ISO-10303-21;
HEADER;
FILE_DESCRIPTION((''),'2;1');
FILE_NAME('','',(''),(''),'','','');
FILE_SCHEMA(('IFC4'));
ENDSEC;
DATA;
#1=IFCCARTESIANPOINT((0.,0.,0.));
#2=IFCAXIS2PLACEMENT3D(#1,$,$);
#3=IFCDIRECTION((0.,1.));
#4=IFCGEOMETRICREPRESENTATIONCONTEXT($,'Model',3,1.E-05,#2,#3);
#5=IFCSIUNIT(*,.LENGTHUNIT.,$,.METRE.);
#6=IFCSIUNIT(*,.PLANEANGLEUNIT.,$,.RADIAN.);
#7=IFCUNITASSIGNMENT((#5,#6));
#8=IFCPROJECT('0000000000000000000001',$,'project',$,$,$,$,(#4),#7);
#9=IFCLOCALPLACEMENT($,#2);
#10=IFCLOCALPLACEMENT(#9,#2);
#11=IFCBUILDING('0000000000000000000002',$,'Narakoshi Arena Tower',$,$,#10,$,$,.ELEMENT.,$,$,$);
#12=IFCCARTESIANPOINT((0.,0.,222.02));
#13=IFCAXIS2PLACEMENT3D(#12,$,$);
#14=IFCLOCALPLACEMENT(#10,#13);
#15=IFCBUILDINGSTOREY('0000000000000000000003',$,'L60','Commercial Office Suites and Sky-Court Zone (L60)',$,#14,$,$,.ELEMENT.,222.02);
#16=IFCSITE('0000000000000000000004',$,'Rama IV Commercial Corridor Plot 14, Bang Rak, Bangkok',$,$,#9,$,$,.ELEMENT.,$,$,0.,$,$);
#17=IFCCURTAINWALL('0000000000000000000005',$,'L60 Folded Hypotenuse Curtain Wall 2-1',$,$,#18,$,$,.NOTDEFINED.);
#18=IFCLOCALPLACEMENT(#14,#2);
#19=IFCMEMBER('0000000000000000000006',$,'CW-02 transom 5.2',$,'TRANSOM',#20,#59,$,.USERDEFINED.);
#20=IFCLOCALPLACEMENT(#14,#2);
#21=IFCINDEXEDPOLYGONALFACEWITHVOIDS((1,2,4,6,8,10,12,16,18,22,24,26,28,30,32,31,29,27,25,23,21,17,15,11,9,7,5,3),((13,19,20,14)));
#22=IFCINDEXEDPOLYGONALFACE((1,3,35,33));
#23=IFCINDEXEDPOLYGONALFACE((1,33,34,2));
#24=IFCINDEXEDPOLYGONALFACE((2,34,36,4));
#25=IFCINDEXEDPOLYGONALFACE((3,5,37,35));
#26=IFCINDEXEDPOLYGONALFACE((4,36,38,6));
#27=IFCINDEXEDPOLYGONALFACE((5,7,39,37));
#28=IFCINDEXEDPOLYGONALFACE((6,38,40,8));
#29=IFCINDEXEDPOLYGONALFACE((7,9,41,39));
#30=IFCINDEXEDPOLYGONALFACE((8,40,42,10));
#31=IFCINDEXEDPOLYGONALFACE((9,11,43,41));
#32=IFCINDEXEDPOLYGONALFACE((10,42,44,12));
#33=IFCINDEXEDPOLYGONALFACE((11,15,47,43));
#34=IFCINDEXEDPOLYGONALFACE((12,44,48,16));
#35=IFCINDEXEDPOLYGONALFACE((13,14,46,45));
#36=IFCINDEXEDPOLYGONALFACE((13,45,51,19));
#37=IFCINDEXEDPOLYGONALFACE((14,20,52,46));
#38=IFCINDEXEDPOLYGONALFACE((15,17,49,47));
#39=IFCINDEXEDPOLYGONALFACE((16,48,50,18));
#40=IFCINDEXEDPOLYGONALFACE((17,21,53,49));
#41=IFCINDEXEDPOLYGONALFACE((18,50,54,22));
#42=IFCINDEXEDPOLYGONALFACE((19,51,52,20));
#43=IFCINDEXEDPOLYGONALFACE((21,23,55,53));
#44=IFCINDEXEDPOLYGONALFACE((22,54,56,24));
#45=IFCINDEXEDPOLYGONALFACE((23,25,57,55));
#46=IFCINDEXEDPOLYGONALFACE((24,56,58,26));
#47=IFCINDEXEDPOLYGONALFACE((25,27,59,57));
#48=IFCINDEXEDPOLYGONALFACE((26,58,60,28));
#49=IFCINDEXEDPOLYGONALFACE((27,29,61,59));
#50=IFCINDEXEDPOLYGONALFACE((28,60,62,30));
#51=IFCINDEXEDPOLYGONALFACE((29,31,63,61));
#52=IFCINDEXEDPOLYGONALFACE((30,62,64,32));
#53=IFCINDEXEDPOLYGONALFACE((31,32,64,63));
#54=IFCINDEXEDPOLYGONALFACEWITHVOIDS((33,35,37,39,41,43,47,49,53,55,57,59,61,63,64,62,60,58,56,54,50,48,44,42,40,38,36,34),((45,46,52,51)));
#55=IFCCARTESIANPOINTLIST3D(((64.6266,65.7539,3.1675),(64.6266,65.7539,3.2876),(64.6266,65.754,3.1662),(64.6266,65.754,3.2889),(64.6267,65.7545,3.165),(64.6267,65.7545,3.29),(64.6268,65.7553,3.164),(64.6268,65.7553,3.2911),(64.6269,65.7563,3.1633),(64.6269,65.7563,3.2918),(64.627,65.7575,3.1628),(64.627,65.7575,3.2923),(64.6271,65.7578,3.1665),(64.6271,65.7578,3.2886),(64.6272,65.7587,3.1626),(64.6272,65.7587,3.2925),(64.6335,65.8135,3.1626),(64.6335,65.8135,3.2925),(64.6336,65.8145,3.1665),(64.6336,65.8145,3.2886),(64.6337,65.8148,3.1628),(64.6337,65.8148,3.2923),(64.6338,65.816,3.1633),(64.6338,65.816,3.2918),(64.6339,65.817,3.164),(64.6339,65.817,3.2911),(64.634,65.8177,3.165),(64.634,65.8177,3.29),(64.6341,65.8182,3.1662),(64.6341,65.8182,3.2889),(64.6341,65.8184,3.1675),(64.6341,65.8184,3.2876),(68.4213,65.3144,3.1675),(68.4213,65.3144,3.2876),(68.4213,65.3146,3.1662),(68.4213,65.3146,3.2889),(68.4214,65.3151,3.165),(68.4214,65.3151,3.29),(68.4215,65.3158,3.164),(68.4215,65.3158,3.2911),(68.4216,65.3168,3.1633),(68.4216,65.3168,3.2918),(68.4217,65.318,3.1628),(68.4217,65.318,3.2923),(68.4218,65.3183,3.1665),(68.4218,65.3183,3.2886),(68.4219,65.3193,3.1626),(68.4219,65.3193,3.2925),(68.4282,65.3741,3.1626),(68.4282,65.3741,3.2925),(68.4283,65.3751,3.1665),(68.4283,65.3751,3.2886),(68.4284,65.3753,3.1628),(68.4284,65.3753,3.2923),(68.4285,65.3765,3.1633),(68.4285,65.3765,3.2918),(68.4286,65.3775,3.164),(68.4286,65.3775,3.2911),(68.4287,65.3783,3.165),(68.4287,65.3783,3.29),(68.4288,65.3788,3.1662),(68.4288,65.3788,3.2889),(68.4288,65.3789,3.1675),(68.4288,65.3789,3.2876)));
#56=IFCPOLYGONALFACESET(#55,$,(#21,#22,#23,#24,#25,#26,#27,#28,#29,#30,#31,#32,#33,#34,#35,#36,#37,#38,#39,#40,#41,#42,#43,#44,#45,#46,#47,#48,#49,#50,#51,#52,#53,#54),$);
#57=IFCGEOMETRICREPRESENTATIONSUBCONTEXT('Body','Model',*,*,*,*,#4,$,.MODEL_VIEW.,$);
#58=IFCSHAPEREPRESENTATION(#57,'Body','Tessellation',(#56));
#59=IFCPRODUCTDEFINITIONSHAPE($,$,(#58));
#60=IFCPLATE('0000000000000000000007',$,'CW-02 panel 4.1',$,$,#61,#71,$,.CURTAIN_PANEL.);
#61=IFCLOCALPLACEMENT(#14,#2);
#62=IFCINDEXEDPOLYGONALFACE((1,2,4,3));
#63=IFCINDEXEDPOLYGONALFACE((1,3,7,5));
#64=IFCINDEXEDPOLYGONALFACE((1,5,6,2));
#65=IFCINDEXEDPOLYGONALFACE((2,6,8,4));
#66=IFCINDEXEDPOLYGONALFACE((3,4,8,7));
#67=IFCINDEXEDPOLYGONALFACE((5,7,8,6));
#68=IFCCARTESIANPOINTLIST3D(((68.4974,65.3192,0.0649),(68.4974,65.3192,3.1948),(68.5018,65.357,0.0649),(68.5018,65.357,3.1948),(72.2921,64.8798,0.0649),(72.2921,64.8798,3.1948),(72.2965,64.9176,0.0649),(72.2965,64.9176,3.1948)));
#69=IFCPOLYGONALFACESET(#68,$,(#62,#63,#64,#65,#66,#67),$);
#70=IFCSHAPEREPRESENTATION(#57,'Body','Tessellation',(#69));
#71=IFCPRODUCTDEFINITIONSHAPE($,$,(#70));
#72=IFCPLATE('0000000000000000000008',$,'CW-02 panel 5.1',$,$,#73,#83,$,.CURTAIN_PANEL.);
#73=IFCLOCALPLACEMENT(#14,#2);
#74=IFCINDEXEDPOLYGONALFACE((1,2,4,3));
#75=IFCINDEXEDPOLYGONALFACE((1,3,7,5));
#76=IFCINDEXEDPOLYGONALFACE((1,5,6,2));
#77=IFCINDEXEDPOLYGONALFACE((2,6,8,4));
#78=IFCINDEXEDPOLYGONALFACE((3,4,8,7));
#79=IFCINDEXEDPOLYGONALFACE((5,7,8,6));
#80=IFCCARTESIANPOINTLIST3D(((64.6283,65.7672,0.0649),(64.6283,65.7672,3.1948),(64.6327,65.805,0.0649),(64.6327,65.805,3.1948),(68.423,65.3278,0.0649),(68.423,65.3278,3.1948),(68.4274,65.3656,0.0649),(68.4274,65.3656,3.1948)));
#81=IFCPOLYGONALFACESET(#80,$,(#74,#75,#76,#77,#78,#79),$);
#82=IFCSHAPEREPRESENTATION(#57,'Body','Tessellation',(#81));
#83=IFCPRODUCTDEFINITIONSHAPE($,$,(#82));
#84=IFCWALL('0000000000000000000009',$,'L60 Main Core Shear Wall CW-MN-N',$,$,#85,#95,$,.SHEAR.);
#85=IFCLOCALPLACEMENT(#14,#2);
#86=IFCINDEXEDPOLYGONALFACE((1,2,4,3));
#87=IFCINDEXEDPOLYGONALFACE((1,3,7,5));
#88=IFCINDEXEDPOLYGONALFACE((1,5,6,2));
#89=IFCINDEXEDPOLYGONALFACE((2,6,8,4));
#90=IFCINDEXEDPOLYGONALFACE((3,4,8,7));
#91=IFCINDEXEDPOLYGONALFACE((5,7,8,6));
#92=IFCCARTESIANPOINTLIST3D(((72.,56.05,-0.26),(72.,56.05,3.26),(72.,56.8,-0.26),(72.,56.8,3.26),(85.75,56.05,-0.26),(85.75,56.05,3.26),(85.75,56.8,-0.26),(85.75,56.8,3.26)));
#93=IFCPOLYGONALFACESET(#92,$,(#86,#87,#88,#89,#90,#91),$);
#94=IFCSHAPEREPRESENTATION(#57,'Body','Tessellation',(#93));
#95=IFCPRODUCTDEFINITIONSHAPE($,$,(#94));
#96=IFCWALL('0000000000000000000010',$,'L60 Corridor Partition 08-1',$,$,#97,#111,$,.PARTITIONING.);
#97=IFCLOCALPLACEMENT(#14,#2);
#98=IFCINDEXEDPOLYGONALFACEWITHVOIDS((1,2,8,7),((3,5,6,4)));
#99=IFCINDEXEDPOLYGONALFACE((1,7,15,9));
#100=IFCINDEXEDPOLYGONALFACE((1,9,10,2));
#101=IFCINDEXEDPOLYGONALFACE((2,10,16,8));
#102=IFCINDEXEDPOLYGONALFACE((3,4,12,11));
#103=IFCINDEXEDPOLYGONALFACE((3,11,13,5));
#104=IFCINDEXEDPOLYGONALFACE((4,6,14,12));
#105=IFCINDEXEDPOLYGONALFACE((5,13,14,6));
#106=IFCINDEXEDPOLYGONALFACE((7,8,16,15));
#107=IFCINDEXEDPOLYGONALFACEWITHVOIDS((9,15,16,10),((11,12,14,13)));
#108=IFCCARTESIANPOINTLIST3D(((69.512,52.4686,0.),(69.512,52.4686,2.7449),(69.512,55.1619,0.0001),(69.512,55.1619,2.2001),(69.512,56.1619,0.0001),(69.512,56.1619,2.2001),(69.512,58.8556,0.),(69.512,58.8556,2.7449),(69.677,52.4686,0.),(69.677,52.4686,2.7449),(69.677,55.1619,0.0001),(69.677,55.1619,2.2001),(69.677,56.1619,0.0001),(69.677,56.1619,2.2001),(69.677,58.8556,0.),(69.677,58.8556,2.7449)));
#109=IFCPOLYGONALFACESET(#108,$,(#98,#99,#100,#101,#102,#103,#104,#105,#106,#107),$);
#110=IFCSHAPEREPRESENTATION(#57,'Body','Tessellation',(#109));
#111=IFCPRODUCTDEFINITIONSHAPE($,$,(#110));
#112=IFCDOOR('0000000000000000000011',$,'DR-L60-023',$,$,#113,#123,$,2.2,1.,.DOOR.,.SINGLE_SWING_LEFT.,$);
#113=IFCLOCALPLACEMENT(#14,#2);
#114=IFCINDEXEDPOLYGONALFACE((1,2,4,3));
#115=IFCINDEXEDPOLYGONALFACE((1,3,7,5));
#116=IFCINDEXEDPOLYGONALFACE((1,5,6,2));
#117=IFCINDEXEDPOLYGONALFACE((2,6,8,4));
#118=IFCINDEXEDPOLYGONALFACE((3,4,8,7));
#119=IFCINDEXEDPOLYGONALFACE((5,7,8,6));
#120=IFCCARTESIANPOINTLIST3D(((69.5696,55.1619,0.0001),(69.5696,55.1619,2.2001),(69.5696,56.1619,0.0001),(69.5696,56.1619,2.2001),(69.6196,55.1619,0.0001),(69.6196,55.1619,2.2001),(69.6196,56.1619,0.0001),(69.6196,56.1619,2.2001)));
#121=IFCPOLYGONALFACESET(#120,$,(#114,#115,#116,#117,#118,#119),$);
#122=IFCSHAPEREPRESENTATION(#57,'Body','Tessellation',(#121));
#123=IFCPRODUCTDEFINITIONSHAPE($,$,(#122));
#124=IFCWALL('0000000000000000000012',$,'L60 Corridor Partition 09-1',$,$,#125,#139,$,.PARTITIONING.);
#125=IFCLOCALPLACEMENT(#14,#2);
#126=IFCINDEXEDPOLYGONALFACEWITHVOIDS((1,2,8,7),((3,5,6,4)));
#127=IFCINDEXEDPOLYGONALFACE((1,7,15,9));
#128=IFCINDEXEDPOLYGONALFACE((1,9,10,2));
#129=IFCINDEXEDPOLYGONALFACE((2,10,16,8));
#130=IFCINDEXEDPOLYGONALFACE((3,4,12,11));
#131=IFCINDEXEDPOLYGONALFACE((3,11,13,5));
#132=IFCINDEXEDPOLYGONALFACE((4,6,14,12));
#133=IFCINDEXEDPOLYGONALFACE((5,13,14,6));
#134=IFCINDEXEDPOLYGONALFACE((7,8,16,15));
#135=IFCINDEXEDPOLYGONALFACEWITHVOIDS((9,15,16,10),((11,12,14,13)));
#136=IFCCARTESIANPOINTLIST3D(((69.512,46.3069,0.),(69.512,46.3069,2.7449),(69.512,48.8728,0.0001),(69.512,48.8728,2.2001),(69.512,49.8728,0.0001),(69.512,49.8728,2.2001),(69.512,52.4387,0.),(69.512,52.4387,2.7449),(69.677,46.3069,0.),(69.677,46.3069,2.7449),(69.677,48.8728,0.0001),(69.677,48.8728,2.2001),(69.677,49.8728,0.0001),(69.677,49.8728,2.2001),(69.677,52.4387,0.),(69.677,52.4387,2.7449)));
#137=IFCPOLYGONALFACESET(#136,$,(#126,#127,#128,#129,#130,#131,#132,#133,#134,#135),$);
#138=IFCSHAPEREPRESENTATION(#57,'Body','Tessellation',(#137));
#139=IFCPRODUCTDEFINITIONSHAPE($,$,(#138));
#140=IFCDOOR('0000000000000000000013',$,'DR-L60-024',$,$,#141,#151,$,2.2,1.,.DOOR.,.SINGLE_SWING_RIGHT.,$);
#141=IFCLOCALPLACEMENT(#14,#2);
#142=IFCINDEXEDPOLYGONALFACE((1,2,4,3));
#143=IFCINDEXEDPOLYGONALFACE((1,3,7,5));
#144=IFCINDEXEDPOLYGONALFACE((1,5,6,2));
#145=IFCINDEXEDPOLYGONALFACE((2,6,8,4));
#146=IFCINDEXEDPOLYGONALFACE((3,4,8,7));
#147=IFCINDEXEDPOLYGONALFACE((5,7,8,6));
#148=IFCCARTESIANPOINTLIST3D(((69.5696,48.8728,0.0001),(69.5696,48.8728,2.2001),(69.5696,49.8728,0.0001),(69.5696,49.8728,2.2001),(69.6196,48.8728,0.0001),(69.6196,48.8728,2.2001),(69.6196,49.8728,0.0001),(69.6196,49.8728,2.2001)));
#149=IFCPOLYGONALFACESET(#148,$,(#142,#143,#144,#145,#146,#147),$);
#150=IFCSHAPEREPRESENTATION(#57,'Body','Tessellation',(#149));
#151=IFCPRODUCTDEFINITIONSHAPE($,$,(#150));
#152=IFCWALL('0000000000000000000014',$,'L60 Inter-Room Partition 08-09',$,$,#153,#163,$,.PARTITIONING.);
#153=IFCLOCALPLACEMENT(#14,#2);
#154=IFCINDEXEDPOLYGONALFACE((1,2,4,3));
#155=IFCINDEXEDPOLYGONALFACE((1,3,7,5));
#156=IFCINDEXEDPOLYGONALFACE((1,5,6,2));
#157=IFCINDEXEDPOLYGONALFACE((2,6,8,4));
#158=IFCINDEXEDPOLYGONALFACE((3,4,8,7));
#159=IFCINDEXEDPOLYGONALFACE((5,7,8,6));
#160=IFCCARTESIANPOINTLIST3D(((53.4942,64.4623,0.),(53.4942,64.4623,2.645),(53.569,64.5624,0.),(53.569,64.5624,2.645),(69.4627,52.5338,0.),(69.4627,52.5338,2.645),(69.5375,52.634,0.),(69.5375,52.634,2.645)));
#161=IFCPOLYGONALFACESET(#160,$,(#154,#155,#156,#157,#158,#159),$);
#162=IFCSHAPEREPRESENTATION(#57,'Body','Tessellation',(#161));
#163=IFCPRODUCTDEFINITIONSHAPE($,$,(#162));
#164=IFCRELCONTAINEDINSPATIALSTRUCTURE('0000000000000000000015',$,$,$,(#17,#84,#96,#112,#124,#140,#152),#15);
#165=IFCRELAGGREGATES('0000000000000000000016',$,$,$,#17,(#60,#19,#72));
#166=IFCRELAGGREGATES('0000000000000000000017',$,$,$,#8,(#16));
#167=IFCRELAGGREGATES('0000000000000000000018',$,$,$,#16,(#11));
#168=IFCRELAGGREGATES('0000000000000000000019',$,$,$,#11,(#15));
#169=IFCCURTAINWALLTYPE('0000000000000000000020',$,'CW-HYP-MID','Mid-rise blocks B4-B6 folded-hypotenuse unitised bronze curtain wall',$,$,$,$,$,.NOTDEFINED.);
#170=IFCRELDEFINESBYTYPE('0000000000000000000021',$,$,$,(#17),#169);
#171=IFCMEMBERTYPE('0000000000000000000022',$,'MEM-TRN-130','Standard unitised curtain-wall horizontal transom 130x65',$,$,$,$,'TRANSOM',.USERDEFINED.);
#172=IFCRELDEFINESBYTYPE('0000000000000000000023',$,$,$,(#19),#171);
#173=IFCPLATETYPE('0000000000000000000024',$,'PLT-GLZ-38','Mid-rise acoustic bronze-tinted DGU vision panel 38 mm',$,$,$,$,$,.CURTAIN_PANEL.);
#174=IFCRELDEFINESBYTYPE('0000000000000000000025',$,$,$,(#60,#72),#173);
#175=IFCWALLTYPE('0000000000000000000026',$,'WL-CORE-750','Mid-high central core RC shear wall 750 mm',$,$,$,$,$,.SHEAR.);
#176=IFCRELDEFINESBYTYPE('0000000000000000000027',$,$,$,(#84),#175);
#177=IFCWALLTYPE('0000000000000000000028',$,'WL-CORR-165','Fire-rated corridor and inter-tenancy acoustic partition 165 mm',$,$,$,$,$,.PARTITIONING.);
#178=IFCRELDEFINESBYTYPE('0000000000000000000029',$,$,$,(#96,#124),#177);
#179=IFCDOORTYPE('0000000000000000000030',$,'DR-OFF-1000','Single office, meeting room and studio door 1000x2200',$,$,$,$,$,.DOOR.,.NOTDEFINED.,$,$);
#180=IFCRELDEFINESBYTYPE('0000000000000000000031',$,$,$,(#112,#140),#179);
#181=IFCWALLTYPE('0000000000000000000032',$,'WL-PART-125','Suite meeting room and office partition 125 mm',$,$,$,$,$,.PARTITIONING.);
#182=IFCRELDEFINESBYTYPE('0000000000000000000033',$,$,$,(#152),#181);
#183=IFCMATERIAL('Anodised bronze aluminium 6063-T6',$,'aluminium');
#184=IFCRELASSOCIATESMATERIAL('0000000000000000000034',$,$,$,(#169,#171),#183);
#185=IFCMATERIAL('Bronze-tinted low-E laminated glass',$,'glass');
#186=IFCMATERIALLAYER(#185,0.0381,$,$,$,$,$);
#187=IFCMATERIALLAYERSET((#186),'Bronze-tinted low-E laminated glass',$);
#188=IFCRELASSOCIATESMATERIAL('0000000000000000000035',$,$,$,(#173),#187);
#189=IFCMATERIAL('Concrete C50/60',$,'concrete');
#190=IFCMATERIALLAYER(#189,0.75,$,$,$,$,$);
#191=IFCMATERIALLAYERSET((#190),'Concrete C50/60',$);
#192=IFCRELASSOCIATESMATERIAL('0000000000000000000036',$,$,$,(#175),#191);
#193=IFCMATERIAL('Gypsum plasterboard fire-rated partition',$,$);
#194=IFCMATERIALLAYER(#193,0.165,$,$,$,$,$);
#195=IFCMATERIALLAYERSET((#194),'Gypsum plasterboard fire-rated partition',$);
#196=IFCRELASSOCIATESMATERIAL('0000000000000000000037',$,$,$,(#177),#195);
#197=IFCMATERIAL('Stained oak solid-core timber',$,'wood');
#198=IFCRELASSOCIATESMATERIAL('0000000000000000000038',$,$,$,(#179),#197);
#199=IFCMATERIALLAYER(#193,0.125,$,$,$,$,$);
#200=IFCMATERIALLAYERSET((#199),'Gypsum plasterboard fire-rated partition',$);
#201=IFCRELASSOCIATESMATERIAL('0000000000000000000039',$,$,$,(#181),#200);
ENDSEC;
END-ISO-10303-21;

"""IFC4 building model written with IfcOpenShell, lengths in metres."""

from ifc_helpers import new_model, si_unit, direction, frame, frame_2d, origin, origin_2d, place, context, subcontext, project, spatial, rectangle, hollow_rectangle, extrude, material, layer, layer_set, material_profile, profile_set, type_object, element, fill, aggregate, save


model = new_model("IFC4")

# Units and contexts
model_context = context("Model", 3, precision=1e-05, world=origin(), true_north=direction((0.0, 1.0)))
body_context = subcontext(model_context, "Body", "Model", "MODEL_VIEW")
ifc_project = project(units=[si_unit("LENGTHUNIT", "METRE"), si_unit("PLANEANGLEUNIT", "RADIAN")], contexts=[model_context])

# Site, building, storey
site_placement = place(None, origin())
site = spatial("IfcSite", under=ifc_project, at=site_placement, Name="Rama IV Commercial Corridor Plot 14, Bang Rak, Bangkok", CompositionType="ELEMENT", RefElevation=0.0)
building_placement = place(site_placement, origin())
building = spatial("IfcBuilding", under=site, at=building_placement, Name="Narakoshi Arena Tower", CompositionType="ELEMENT")
storey_placement = place(building_placement, frame((0.0, 0.0, 222.02)))
storey = spatial("IfcBuildingStorey", under=building, at=storey_placement, Name="L60", Description="Commercial Office Suites and Sky-Court Zone (L60)", CompositionType="ELEMENT", Elevation=222.02)

# Shared definitions
ifc_material_1 = material(Name="Concrete C50/60", Category="concrete")

# Curtain wall, member, plates
ifc_material_2 = material(Name="Anodised bronze aluminium 6063-T6", Category="aluminium")
curtain_wall_type = type_object("IfcCurtainWallType", Name="CW-HYP-MID", Description="Mid-rise blocks B4-B6 folded-hypotenuse unitised bronze curtain wall", PredefinedType="NOTDEFINED", material=ifc_material_2)
curtain_wall_placement = place(storey_placement, origin())
curtain_wall = element("IfcCurtainWall", 1, at=curtain_wall_placement, inside=storey, type_object=curtain_wall_type, Name="L60 Folded Hypotenuse Curtain Wall 2-1", PredefinedType="NOTDEFINED")
ifc_material_profile_1 = material_profile(ifc_material_2, hollow_rectangle(XDim=0.0649, YDim=0.1299, WallThickness=0.0039, OuterFilletRadius=0.0049, at=origin_2d()), Name="TRN130x65x4")
ifc_profile_set_1 = profile_set([ifc_material_profile_1], Name="Anodised bronze aluminium 6063-T6")
member_type_1 = type_object("IfcMemberType", Name="MEM-TRN-130", Description="Standard unitised curtain-wall horizontal transom 130x65", ElementType="TRANSOM", PredefinedType="USERDEFINED", material=ifc_profile_set_1)
member_1_placement = place(storey_placement, frame((68.425, 65.3467, 3.2275), z_axis=(-0.993361, 0.115039, 0.0), x_axis=(-0.115039, -0.993361, 0.0)))
member_1 = element("IfcMember", 2, at=member_1_placement, type_object=member_type_1, Name="CW-02 transom 5.2", ObjectType="TRANSOM", PredefinedType="USERDEFINED", context=body_context, shape_type="SweptSolid", body=[
    extrude(hollow_rectangle(XDim=0.0649, YDim=0.1299, WallThickness=0.0039, OuterFilletRadius=0.0049, at=origin_2d()), origin(), (0.0, 0.0, 1.0), 3.8201),
])
ifc_material_3 = material(Name="Bronze-tinted low-E laminated glass", Category="glass")
ifc_layer_1 = layer(ifc_material_3, 0.0381)
ifc_layer_set_1 = layer_set([ifc_layer_1], Name="Bronze-tinted low-E laminated glass")
plate_type = type_object("IfcPlateType", Name="PLT-GLZ-38", Description="Mid-rise acoustic bronze-tinted DGU vision panel 38 mm", PredefinedType="CURTAIN_PANEL", material=ifc_layer_set_1)
plate_1_placement = place(storey_placement, frame((70.397, 65.1184, 0.0649), z_axis=(0.0, 0.0, 1.0), x_axis=(-0.993364, 0.115011, 0.0)))
plate_1 = element("IfcPlate", 3, at=plate_1_placement, type_object=plate_type, Name="CW-02 panel 4.1", PredefinedType="CURTAIN_PANEL", context=body_context, shape_type="SweptSolid", body=[
    extrude(rectangle(XDim=3.8201, YDim=0.0381, at=origin_2d()), origin(), (0.0, 0.0, 1.0), 3.1299),
])
plate_2_placement = place(storey_placement, frame((66.5278, 65.5664, 0.0649), z_axis=(0.0, 0.0, 1.0), x_axis=(-0.993364, 0.115011, 0.0)))
plate_2 = element("IfcPlate", 4, at=plate_2_placement, type_object=plate_type, Name="CW-02 panel 5.1", PredefinedType="CURTAIN_PANEL", context=body_context, shape_type="SweptSolid", body=[
    extrude(rectangle(XDim=3.8201, YDim=0.0381, at=origin_2d()), origin(), (0.0, 0.0, 1.0), 3.1299),
])
aggregate(curtain_wall, [plate_1, member_1, plate_2])

# Wall
ifc_layer_2 = layer(ifc_material_1, 0.75)
ifc_layer_set_2 = layer_set([ifc_layer_2], Name="Concrete C50/60")
wall_type_1 = type_object("IfcWallType", Name="WL-CORE-750", Description="Mid-high central core RC shear wall 750 mm", PredefinedType="SHEAR", material=ifc_layer_set_2)
wall_1_placement = place(storey_placement, frame((72.0, 56.425, -0.26), z_axis=(0.0, 0.0, 1.0), x_axis=(1.0, 0.0, 0.0)))
element("IfcWall", 5, at=wall_1_placement, inside=storey, type_object=wall_type_1, Name="L60 Main Core Shear Wall CW-MN-N", PredefinedType="SHEAR", context=body_context, shape_type="SweptSolid", body=[
    extrude(rectangle(XDim=13.75, YDim=0.75, at=frame_2d((6.875, 0.0))), origin(), (0.0, 0.0, 1.0), 3.52),
])

# Walls, openings, doors
ifc_material_4 = material(Name="Gypsum plasterboard fire-rated partition")
ifc_layer_3 = layer(ifc_material_4, 0.165)
ifc_layer_set_3 = layer_set([ifc_layer_3], Name="Gypsum plasterboard fire-rated partition")
wall_type_2 = type_object("IfcWallType", Name="WL-CORR-165", Description="Fire-rated corridor and inter-tenancy acoustic partition 165 mm", PredefinedType="PARTITIONING", material=ifc_layer_set_3)
wall_2_placement = place(storey_placement, frame((69.5945, 58.8555, 0.0), z_axis=(0.0, 0.0, 1.0), x_axis=(0.0, -1.0, 0.0)))
wall_2 = element("IfcWall", 6, at=wall_2_placement, inside=storey, type_object=wall_type_2, Name="L60 Corridor Partition 08-1", PredefinedType="PARTITIONING", context=body_context, shape_type="SweptSolid", body=[
    extrude(rectangle(XDim=6.387, YDim=0.165, at=frame_2d((3.1934, 0.0))), origin(), (0.0, 0.0, 1.0), 2.7449),
])
opening_1_placement = place(wall_2_placement, frame((2.6936, 0.0, 0.0)))
opening_1 = element("IfcOpeningElement", 7, at=opening_1_placement, cuts=wall_2, PredefinedType="OPENING", context=body_context, shape_type="SweptSolid", body=[
    extrude(rectangle(XDim=1.0, YDim=2.2, at=frame_2d((0.5, 1.1001))), frame((0.0, 0.0925, 0.0), z_axis=(0.0, -1.0, 0.0), x_axis=(1.0, 0.0, 0.0)), (0.0, 0.0, 1.0), 0.1851),
])
ifc_material_5 = material(Name="Stained oak solid-core timber", Category="wood")
door_type_1 = type_object("IfcDoorType", Name="DR-OFF-1000", Description="Single office, meeting room and studio door 1000x2200", OperationType="NOTDEFINED", PredefinedType="DOOR", material=ifc_material_5)
door_1_placement = place(opening_1_placement, frame((1.0, 0.0, 0.0), z_axis=(0.0, 0.0, 1.0), x_axis=(-1.0, 0.0, 0.0)))
door_1 = element("IfcDoor", 8, at=door_1_placement, inside=storey, type_object=door_type_1, Name="DR-L60-023", OperationType="SINGLE_SWING_LEFT", OverallHeight=2.2, OverallWidth=1.0, PredefinedType="DOOR", context=body_context, shape_type="SweptSolid", body=[
    extrude(rectangle(XDim=1.0, YDim=2.2, at=frame_2d((0.5, 1.1001))), frame((0.0, 0.0249, 0.0), z_axis=(0.0, -1.0, 0.0), x_axis=(1.0, 0.0, 0.0)), (0.0, 0.0, 1.0), 0.05),
])
fill(opening_1, door_1)
wall_3_placement = place(storey_placement, frame((69.5945, 52.4387, 0.0), z_axis=(0.0, 0.0, 1.0), x_axis=(0.0, -1.0, 0.0)))
wall_3 = element("IfcWall", 9, at=wall_3_placement, inside=storey, type_object=wall_type_2, Name="L60 Corridor Partition 09-1", PredefinedType="PARTITIONING", context=body_context, shape_type="SweptSolid", body=[
    extrude(rectangle(XDim=6.1318, YDim=0.165, at=frame_2d((3.0659, 0.0))), origin(), (0.0, 0.0, 1.0), 2.7449),
])
opening_2_placement = place(wall_3_placement, frame((2.5659, 0.0, 0.0)))
opening_2 = element("IfcOpeningElement", 10, at=opening_2_placement, cuts=wall_3, PredefinedType="OPENING", context=body_context, shape_type="SweptSolid", body=[
    extrude(rectangle(XDim=1.0, YDim=2.2, at=frame_2d((0.5, 1.1001))), frame((0.0, 0.0925, 0.0), z_axis=(0.0, -1.0, 0.0), x_axis=(1.0, 0.0, 0.0)), (0.0, 0.0, 1.0), 0.1851),
])
door_2_placement = place(opening_2_placement, frame((1.0, 0.0, 0.0), z_axis=(0.0, 0.0, 1.0), x_axis=(-1.0, 0.0, 0.0)))
door_2 = element("IfcDoor", 11, at=door_2_placement, inside=storey, type_object=door_type_1, Name="DR-L60-024", OperationType="SINGLE_SWING_RIGHT", OverallHeight=2.2, OverallWidth=1.0, PredefinedType="DOOR", context=body_context, shape_type="SweptSolid", body=[
    extrude(rectangle(XDim=1.0, YDim=2.2, at=frame_2d((0.5, 1.1001))), frame((0.0, 0.0249, 0.0), z_axis=(0.0, -1.0, 0.0), x_axis=(1.0, 0.0, 0.0)), (0.0, 0.0, 1.0), 0.05),
])
fill(opening_2, door_2)

# Wall
ifc_layer_4 = layer(ifc_material_4, 0.125)
ifc_layer_set_4 = layer_set([ifc_layer_4], Name="Gypsum plasterboard fire-rated partition")
wall_type_3 = type_object("IfcWallType", Name="WL-PART-125", Description="Suite meeting room and office partition 125 mm", PredefinedType="PARTITIONING", material=ifc_layer_set_4)
wall_4_placement = place(storey_placement, frame((69.5, 52.584, 0.0), z_axis=(0.0, 0.0, 1.0), x_axis=(-0.801152, 0.59846, 0.0)))
element("IfcWall", 12, at=wall_4_placement, inside=storey, type_object=wall_type_3, Name="L60 Inter-Room Partition 08-09", PredefinedType="PARTITIONING", context=body_context, shape_type="SweptSolid", body=[
    extrude(rectangle(XDim=19.9319, YDim=0.125, at=frame_2d((9.9658, 0.0))), origin(), (0.0, 0.0, 1.0), 2.645),
])

save(model, "model.ifc")
